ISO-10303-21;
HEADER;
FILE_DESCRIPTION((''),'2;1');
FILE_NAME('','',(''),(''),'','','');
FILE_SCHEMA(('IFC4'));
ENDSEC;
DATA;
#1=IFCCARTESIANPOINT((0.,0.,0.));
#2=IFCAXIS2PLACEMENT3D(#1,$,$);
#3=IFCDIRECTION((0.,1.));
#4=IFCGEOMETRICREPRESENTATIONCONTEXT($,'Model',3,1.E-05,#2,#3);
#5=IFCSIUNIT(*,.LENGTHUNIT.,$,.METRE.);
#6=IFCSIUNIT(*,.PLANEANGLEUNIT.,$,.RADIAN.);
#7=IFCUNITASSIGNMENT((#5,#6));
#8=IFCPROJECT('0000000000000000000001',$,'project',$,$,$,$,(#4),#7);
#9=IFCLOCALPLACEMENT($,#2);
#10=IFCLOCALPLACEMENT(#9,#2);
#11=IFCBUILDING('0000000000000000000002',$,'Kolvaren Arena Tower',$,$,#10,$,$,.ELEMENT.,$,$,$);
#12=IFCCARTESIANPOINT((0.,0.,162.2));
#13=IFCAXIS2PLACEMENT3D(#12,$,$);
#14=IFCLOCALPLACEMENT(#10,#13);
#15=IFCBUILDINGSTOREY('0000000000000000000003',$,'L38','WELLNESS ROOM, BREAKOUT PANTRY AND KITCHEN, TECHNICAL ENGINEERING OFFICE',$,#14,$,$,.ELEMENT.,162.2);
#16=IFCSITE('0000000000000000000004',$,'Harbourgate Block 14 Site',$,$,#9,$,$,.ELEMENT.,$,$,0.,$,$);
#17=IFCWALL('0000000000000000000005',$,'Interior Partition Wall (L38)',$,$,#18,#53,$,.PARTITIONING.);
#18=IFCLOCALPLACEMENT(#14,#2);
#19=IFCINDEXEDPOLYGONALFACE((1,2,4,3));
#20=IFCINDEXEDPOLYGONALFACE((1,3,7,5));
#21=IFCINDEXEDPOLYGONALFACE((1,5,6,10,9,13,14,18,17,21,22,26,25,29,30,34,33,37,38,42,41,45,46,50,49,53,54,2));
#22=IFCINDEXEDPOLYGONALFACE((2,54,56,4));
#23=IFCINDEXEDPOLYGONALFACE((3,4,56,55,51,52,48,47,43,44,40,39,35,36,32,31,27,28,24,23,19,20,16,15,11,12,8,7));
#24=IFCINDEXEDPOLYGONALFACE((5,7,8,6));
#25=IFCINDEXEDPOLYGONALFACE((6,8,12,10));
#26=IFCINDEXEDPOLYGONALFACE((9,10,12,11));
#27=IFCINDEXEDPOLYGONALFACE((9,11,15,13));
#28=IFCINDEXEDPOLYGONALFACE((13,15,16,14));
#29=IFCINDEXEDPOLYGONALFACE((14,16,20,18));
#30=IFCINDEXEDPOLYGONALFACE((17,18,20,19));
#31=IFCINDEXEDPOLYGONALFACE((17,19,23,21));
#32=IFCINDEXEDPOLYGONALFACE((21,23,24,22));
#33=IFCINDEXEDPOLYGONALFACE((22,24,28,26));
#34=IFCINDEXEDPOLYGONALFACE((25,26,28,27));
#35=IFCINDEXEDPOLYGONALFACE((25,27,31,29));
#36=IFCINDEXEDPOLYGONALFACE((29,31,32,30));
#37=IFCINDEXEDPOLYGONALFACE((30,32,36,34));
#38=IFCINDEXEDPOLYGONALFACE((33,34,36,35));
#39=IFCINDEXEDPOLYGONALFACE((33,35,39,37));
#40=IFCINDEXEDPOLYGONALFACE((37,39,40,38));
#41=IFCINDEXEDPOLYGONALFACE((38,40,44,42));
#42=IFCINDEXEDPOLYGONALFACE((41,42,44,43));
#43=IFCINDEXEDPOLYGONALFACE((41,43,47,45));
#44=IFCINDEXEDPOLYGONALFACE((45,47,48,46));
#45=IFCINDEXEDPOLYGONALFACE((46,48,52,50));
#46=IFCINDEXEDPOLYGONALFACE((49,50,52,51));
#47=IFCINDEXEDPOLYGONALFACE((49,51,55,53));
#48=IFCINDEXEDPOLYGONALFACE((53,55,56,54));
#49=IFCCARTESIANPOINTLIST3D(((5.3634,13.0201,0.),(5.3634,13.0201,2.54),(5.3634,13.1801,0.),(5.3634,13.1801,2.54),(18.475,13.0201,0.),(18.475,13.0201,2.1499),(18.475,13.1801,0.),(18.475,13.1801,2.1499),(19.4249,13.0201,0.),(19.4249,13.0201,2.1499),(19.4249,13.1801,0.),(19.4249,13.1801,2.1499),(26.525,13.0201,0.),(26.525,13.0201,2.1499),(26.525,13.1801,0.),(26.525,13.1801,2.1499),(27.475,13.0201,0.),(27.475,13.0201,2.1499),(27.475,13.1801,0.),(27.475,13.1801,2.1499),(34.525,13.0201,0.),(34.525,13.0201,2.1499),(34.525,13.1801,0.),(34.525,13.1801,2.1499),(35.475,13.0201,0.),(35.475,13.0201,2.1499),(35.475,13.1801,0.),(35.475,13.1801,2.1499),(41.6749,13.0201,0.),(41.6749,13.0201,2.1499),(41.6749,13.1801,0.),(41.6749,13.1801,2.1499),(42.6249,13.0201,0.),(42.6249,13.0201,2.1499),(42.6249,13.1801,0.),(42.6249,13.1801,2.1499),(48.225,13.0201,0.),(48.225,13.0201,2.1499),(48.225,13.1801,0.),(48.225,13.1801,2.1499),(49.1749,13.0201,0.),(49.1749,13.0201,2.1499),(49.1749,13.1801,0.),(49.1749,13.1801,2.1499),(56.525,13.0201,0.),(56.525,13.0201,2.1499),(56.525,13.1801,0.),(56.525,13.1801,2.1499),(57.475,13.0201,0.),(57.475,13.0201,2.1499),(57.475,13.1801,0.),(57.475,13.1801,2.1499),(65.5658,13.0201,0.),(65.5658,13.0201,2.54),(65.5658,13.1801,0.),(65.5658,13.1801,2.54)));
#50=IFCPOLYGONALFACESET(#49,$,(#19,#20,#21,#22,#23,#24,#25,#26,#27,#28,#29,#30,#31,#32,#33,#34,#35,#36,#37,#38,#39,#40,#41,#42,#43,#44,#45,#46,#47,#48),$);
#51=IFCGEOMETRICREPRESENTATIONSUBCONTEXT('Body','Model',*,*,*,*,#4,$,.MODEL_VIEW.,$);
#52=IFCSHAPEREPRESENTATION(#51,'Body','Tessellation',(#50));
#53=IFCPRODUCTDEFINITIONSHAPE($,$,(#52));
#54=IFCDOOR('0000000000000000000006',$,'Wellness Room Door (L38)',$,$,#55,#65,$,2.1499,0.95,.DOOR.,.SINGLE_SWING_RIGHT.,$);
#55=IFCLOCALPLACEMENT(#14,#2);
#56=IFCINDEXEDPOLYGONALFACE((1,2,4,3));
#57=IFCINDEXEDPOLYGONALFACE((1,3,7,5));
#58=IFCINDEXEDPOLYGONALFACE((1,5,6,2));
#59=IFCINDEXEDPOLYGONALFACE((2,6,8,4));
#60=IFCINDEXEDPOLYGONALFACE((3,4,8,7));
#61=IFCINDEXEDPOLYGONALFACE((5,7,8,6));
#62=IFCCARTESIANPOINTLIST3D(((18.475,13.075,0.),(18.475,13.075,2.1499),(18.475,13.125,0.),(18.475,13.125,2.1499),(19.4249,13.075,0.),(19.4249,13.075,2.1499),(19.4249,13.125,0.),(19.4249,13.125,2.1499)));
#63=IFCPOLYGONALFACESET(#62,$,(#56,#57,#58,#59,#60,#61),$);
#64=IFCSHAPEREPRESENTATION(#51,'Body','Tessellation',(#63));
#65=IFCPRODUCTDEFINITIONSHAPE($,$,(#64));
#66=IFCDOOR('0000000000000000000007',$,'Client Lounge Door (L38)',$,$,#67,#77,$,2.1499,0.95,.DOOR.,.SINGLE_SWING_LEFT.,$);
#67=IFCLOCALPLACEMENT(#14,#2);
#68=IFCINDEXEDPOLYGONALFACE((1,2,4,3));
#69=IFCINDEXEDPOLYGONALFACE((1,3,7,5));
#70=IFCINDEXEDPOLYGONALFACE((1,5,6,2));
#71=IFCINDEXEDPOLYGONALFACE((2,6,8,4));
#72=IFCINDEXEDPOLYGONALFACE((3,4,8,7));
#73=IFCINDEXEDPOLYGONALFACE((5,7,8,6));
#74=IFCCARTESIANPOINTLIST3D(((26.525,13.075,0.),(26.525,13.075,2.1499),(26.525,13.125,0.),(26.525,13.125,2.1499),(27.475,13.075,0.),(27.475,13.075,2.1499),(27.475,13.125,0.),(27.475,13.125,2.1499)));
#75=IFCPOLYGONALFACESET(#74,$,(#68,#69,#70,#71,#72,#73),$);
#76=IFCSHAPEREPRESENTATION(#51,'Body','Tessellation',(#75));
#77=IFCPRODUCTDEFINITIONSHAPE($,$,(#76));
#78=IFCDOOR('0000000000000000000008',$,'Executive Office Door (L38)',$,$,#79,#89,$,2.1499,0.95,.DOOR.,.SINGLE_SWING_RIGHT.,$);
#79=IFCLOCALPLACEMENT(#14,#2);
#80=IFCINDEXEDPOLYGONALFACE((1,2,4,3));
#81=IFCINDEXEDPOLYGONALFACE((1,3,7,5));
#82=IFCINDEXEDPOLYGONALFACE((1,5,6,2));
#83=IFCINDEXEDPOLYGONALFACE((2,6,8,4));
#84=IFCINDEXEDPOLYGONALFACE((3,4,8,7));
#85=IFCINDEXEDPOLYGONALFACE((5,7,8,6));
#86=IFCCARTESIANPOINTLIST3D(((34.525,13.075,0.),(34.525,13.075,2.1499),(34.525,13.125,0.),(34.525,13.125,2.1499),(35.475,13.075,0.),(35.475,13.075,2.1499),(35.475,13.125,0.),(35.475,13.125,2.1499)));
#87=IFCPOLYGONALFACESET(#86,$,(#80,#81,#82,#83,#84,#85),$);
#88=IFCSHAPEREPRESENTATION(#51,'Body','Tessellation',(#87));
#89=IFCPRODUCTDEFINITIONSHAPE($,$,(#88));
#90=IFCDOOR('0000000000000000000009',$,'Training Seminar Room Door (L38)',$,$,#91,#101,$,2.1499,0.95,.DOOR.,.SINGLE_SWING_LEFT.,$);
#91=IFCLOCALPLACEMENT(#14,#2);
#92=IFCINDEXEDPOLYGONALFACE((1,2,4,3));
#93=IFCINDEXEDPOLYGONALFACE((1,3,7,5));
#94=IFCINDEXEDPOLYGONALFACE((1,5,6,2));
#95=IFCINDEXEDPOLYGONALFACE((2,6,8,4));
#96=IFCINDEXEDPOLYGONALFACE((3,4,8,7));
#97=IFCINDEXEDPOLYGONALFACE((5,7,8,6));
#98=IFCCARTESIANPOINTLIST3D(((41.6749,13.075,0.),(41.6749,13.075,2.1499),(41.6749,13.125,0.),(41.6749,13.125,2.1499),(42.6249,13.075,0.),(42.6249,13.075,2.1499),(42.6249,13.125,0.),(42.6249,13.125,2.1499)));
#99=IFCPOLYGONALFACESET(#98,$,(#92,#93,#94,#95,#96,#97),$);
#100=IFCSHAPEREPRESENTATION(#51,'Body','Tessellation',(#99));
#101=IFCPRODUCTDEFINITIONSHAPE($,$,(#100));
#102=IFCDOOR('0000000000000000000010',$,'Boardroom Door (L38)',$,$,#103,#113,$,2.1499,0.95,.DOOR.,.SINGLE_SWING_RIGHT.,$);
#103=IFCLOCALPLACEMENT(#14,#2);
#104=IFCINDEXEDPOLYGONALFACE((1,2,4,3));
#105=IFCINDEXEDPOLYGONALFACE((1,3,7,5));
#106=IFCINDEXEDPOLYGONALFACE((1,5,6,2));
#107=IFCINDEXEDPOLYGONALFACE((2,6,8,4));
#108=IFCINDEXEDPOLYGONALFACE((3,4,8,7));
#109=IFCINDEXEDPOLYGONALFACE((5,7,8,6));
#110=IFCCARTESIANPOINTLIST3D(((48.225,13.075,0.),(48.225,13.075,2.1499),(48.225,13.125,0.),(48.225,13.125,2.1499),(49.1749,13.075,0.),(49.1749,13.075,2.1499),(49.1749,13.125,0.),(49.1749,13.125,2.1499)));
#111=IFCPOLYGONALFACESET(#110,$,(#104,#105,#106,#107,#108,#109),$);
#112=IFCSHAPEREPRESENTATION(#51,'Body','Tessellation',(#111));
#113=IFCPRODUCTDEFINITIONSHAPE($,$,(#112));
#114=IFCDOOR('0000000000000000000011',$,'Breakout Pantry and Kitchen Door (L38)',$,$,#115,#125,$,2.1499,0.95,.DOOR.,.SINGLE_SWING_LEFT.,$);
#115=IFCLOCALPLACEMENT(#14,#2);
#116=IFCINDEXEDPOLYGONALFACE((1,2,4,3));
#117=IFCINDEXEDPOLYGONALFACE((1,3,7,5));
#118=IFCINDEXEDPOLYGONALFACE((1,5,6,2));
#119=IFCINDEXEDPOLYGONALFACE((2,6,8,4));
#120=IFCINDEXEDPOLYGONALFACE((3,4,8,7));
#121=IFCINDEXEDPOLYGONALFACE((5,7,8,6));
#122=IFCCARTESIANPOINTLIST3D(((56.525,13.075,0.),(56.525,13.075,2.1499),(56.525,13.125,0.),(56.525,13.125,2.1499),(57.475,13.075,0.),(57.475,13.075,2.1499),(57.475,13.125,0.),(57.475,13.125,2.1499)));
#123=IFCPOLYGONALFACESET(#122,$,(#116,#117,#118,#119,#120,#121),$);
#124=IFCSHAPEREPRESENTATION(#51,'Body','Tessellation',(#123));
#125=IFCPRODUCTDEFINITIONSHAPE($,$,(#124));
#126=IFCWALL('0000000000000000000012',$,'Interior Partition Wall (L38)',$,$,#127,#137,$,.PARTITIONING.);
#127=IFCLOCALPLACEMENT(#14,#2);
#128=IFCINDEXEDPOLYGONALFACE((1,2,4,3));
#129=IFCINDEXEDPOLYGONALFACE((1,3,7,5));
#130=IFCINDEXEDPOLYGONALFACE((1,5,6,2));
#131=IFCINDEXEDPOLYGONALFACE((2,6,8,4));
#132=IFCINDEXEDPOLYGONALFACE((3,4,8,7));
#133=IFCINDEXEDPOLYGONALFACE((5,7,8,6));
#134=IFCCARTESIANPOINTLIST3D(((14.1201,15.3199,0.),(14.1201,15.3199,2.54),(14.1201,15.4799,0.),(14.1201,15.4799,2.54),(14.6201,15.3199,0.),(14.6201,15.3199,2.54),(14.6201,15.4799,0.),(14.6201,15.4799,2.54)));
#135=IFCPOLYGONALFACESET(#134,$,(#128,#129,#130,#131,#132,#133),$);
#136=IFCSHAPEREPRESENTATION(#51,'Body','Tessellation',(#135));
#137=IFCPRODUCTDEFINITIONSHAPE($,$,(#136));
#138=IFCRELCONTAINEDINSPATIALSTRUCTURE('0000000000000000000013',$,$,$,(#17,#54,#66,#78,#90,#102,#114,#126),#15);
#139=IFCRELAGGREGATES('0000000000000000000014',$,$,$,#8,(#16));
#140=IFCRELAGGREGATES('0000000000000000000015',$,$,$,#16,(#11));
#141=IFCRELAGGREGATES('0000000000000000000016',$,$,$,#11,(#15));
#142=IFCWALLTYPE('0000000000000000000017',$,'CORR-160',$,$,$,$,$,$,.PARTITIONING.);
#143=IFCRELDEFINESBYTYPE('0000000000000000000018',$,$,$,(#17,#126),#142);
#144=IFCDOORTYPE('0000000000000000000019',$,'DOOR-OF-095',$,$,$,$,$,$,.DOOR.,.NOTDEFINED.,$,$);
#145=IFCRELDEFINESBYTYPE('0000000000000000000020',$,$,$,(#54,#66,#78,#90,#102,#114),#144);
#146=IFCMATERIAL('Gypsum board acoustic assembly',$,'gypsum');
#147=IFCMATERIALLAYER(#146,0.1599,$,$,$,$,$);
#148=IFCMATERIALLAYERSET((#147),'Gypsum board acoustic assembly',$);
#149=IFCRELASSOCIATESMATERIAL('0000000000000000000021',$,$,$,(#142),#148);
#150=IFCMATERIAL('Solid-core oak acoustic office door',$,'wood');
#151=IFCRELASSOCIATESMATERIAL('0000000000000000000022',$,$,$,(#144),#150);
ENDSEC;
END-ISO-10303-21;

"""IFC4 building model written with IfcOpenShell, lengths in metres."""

from ifc_helpers import new_model, si_unit, direction, frame, frame_2d, origin, place, context, subcontext, project, spatial, rectangle, extrude, material, layer, layer_set, type_object, element, fill, save


model = new_model("IFC4")

# Units and contexts
model_context = context("Model", 3, precision=1e-05, world=origin(), true_north=direction((0.0, 1.0)))
body_context = subcontext(model_context, "Body", "Model", "MODEL_VIEW")
ifc_project = project(units=[si_unit("LENGTHUNIT", "METRE"), si_unit("PLANEANGLEUNIT", "RADIAN")], contexts=[model_context])

# Site, building, storey
site_placement = place(None, origin())
site = spatial("IfcSite", under=ifc_project, at=site_placement, Name="Harbourgate Block 14 Site", CompositionType="ELEMENT", RefElevation=0.0)
building_placement = place(site_placement, origin())
building = spatial("IfcBuilding", under=site, at=building_placement, Name="Kolvaren Arena Tower", CompositionType="ELEMENT")
storey_placement = place(building_placement, frame((0.0, 0.0, 162.2)))
storey = spatial("IfcBuildingStorey", under=building, at=storey_placement, Name="L38", Description="WELLNESS ROOM, BREAKOUT PANTRY AND KITCHEN, TECHNICAL ENGINEERING OFFICE", CompositionType="ELEMENT", Elevation=162.2)

# Wall, openings, doors
ifc_material_1 = material(Name="Gypsum board acoustic assembly", Category="gypsum")
ifc_layer_1 = layer(ifc_material_1, 0.1599)
ifc_layer_set_1 = layer_set([ifc_layer_1], Name="Gypsum board acoustic assembly")
wall_type_1 = type_object("IfcWallType", Name="CORR-160", PredefinedType="PARTITIONING", material=ifc_layer_set_1)
wall_1_placement = place(storey_placement, frame((5.3635, 13.1001, 0.0), z_axis=(0.0, 0.0, 1.0), x_axis=(1.0, 0.0, 0.0)))
wall_1 = element("IfcWall", 1, at=wall_1_placement, inside=storey, type_object=wall_type_1, Name="Interior Partition Wall (L38)", PredefinedType="PARTITIONING", context=body_context, shape_type="SweptSolid", body=[
    extrude(rectangle(XDim=60.2024, YDim=0.1599, at=frame_2d((30.1011, 0.0))), origin(), (0.0, 0.0, 1.0), 2.54),
])
opening_1_placement = place(wall_1_placement, frame((13.1113, 0.0, 0.0)))
opening_1 = element("IfcOpeningElement", 2, at=opening_1_placement, cuts=wall_1, PredefinedType="OPENING", context=body_context, shape_type="SweptSolid", body=[
    extrude(rectangle(XDim=0.95, YDim=2.1499, at=frame_2d((0.4751, 1.075))), frame((0.0, 0.0898, 0.0), z_axis=(0.0, -1.0, 0.0), x_axis=(1.0, 0.0, 0.0)), (0.0, 0.0, 1.0), 0.1799),
])
opening_2_placement = place(wall_1_placement, frame((21.1614, 0.0, 0.0)))
opening_2 = element("IfcOpeningElement", 3, at=opening_2_placement, cuts=wall_1, PredefinedType="OPENING", context=body_context, shape_type="SweptSolid", body=[
    extrude(rectangle(XDim=0.95, YDim=2.1499, at=frame_2d((0.4751, 1.075))), frame((0.0, 0.0898, 0.0), z_axis=(0.0, -1.0, 0.0), x_axis=(1.0, 0.0, 0.0)), (0.0, 0.0, 1.0), 0.1799),
])
opening_3_placement = place(wall_1_placement, frame((29.1614, 0.0, 0.0)))
opening_3 = element("IfcOpeningElement", 4, at=opening_3_placement, cuts=wall_1, PredefinedType="OPENING", context=body_context, shape_type="SweptSolid", body=[
    extrude(rectangle(XDim=0.95, YDim=2.1499, at=frame_2d((0.4751, 1.075))), frame((0.0, 0.0898, 0.0), z_axis=(0.0, -1.0, 0.0), x_axis=(1.0, 0.0, 0.0)), (0.0, 0.0, 1.0), 0.1799),
])
opening_4_placement = place(wall_1_placement, frame((36.3113, 0.0, 0.0)))
opening_4 = element("IfcOpeningElement", 5, at=opening_4_placement, cuts=wall_1, PredefinedType="OPENING", context=body_context, shape_type="SweptSolid", body=[
    extrude(rectangle(XDim=0.95, YDim=2.1499, at=frame_2d((0.4751, 1.075))), frame((0.0, 0.0898, 0.0), z_axis=(0.0, -1.0, 0.0), x_axis=(1.0, 0.0, 0.0)), (0.0, 0.0, 1.0), 0.1799),
])
opening_5_placement = place(wall_1_placement, frame((42.8613, 0.0, 0.0)))
opening_5 = element("IfcOpeningElement", 6, at=opening_5_placement, cuts=wall_1, PredefinedType="OPENING", context=body_context, shape_type="SweptSolid", body=[
    extrude(rectangle(XDim=0.95, YDim=2.1499, at=frame_2d((0.4751, 1.075))), frame((0.0, 0.0898, 0.0), z_axis=(0.0, -1.0, 0.0), x_axis=(1.0, 0.0, 0.0)), (0.0, 0.0, 1.0), 0.1799),
])
opening_6_placement = place(wall_1_placement, frame((51.1614, 0.0, 0.0)))
opening_6 = element("IfcOpeningElement", 7, at=opening_6_placement, cuts=wall_1, PredefinedType="OPENING", context=body_context, shape_type="SweptSolid", body=[
    extrude(rectangle(XDim=0.95, YDim=2.1499, at=frame_2d((0.4751, 1.075))), frame((0.0, 0.0898, 0.0), z_axis=(0.0, -1.0, 0.0), x_axis=(1.0, 0.0, 0.0)), (0.0, 0.0, 1.0), 0.1799),
])
ifc_material_2 = material(Name="Solid-core oak acoustic office door", Category="wood")
door_type = type_object("IfcDoorType", Name="DOOR-OF-095", OperationType="NOTDEFINED", PredefinedType="DOOR", material=ifc_material_2)
door_1_placement = place(opening_1_placement, origin())
door_1 = element("IfcDoor", 8, at=door_1_placement, inside=storey, type_object=door_type, Name="Wellness Room Door (L38)", OperationType="SINGLE_SWING_RIGHT", OverallHeight=2.1499, OverallWidth=0.95, PredefinedType="DOOR", context=body_context, shape_type="SweptSolid", body=[
    extrude(rectangle(XDim=0.95, YDim=2.1499, at=frame_2d((0.4751, 1.075))), frame((0.0, 0.0249, 0.0), z_axis=(0.0, -1.0, 0.0), x_axis=(1.0, 0.0, 0.0)), (0.0, 0.0, 1.0), 0.05),
])
fill(opening_1, door_1)
door_2_placement = place(opening_2_placement, origin())
door_2 = element("IfcDoor", 9, at=door_2_placement, inside=storey, type_object=door_type, Name="Client Lounge Door (L38)", OperationType="SINGLE_SWING_LEFT", OverallHeight=2.1499, OverallWidth=0.95, PredefinedType="DOOR", context=body_context, shape_type="SweptSolid", body=[
    extrude(rectangle(XDim=0.95, YDim=2.1499, at=frame_2d((0.4751, 1.075))), frame((0.0, 0.0249, 0.0), z_axis=(0.0, -1.0, 0.0), x_axis=(1.0, 0.0, 0.0)), (0.0, 0.0, 1.0), 0.05),
])
fill(opening_2, door_2)
door_3_placement = place(opening_3_placement, origin())
door_3 = element("IfcDoor", 10, at=door_3_placement, inside=storey, type_object=door_type, Name="Executive Office Door (L38)", OperationType="SINGLE_SWING_RIGHT", OverallHeight=2.1499, OverallWidth=0.95, PredefinedType="DOOR", context=body_context, shape_type="SweptSolid", body=[
    extrude(rectangle(XDim=0.95, YDim=2.1499, at=frame_2d((0.4751, 1.075))), frame((0.0, 0.0249, 0.0), z_axis=(0.0, -1.0, 0.0), x_axis=(1.0, 0.0, 0.0)), (0.0, 0.0, 1.0), 0.05),
])
fill(opening_3, door_3)
door_4_placement = place(opening_4_placement, origin())
door_4 = element("IfcDoor", 11, at=door_4_placement, inside=storey, type_object=door_type, Name="Training Seminar Room Door (L38)", OperationType="SINGLE_SWING_LEFT", OverallHeight=2.1499, OverallWidth=0.95, PredefinedType="DOOR", context=body_context, shape_type="SweptSolid", body=[
    extrude(rectangle(XDim=0.95, YDim=2.1499, at=frame_2d((0.4751, 1.075))), frame((0.0, 0.0249, 0.0), z_axis=(0.0, -1.0, 0.0), x_axis=(1.0, 0.0, 0.0)), (0.0, 0.0, 1.0), 0.05),
])
fill(opening_4, door_4)
door_5_placement = place(opening_5_placement, origin())
door_5 = element("IfcDoor", 12, at=door_5_placement, inside=storey, type_object=door_type, Name="Boardroom Door (L38)", OperationType="SINGLE_SWING_RIGHT", OverallHeight=2.1499, OverallWidth=0.95, PredefinedType="DOOR", context=body_context, shape_type="SweptSolid", body=[
    extrude(rectangle(XDim=0.95, YDim=2.1499, at=frame_2d((0.4751, 1.075))), frame((0.0, 0.0249, 0.0), z_axis=(0.0, -1.0, 0.0), x_axis=(1.0, 0.0, 0.0)), (0.0, 0.0, 1.0), 0.05),
])
fill(opening_5, door_5)
door_6_placement = place(opening_6_placement, origin())
door_6 = element("IfcDoor", 13, at=door_6_placement, inside=storey, type_object=door_type, Name="Breakout Pantry and Kitchen Door (L38)", OperationType="SINGLE_SWING_LEFT", OverallHeight=2.1499, OverallWidth=0.95, PredefinedType="DOOR", context=body_context, shape_type="SweptSolid", body=[
    extrude(rectangle(XDim=0.95, YDim=2.1499, at=frame_2d((0.4751, 1.075))), frame((0.0, 0.0249, 0.0), z_axis=(0.0, -1.0, 0.0), x_axis=(1.0, 0.0, 0.0)), (0.0, 0.0, 1.0), 0.05),
])
fill(opening_6, door_6)

# Wall
wall_2_placement = place(storey_placement, frame((14.1201, 15.3999, 0.0), z_axis=(0.0, 0.0, 1.0), x_axis=(1.0, 0.0, 0.0)))
element("IfcWall", 14, at=wall_2_placement, inside=storey, type_object=wall_type_1, Name="Interior Partition Wall (L38)", PredefinedType="PARTITIONING", context=body_context, shape_type="SweptSolid", body=[
    extrude(rectangle(XDim=0.5, YDim=0.1599, at=frame_2d((0.25, 0.0))), origin(), (0.0, 0.0, 1.0), 2.54),
])

save(model, "model.ifc")
